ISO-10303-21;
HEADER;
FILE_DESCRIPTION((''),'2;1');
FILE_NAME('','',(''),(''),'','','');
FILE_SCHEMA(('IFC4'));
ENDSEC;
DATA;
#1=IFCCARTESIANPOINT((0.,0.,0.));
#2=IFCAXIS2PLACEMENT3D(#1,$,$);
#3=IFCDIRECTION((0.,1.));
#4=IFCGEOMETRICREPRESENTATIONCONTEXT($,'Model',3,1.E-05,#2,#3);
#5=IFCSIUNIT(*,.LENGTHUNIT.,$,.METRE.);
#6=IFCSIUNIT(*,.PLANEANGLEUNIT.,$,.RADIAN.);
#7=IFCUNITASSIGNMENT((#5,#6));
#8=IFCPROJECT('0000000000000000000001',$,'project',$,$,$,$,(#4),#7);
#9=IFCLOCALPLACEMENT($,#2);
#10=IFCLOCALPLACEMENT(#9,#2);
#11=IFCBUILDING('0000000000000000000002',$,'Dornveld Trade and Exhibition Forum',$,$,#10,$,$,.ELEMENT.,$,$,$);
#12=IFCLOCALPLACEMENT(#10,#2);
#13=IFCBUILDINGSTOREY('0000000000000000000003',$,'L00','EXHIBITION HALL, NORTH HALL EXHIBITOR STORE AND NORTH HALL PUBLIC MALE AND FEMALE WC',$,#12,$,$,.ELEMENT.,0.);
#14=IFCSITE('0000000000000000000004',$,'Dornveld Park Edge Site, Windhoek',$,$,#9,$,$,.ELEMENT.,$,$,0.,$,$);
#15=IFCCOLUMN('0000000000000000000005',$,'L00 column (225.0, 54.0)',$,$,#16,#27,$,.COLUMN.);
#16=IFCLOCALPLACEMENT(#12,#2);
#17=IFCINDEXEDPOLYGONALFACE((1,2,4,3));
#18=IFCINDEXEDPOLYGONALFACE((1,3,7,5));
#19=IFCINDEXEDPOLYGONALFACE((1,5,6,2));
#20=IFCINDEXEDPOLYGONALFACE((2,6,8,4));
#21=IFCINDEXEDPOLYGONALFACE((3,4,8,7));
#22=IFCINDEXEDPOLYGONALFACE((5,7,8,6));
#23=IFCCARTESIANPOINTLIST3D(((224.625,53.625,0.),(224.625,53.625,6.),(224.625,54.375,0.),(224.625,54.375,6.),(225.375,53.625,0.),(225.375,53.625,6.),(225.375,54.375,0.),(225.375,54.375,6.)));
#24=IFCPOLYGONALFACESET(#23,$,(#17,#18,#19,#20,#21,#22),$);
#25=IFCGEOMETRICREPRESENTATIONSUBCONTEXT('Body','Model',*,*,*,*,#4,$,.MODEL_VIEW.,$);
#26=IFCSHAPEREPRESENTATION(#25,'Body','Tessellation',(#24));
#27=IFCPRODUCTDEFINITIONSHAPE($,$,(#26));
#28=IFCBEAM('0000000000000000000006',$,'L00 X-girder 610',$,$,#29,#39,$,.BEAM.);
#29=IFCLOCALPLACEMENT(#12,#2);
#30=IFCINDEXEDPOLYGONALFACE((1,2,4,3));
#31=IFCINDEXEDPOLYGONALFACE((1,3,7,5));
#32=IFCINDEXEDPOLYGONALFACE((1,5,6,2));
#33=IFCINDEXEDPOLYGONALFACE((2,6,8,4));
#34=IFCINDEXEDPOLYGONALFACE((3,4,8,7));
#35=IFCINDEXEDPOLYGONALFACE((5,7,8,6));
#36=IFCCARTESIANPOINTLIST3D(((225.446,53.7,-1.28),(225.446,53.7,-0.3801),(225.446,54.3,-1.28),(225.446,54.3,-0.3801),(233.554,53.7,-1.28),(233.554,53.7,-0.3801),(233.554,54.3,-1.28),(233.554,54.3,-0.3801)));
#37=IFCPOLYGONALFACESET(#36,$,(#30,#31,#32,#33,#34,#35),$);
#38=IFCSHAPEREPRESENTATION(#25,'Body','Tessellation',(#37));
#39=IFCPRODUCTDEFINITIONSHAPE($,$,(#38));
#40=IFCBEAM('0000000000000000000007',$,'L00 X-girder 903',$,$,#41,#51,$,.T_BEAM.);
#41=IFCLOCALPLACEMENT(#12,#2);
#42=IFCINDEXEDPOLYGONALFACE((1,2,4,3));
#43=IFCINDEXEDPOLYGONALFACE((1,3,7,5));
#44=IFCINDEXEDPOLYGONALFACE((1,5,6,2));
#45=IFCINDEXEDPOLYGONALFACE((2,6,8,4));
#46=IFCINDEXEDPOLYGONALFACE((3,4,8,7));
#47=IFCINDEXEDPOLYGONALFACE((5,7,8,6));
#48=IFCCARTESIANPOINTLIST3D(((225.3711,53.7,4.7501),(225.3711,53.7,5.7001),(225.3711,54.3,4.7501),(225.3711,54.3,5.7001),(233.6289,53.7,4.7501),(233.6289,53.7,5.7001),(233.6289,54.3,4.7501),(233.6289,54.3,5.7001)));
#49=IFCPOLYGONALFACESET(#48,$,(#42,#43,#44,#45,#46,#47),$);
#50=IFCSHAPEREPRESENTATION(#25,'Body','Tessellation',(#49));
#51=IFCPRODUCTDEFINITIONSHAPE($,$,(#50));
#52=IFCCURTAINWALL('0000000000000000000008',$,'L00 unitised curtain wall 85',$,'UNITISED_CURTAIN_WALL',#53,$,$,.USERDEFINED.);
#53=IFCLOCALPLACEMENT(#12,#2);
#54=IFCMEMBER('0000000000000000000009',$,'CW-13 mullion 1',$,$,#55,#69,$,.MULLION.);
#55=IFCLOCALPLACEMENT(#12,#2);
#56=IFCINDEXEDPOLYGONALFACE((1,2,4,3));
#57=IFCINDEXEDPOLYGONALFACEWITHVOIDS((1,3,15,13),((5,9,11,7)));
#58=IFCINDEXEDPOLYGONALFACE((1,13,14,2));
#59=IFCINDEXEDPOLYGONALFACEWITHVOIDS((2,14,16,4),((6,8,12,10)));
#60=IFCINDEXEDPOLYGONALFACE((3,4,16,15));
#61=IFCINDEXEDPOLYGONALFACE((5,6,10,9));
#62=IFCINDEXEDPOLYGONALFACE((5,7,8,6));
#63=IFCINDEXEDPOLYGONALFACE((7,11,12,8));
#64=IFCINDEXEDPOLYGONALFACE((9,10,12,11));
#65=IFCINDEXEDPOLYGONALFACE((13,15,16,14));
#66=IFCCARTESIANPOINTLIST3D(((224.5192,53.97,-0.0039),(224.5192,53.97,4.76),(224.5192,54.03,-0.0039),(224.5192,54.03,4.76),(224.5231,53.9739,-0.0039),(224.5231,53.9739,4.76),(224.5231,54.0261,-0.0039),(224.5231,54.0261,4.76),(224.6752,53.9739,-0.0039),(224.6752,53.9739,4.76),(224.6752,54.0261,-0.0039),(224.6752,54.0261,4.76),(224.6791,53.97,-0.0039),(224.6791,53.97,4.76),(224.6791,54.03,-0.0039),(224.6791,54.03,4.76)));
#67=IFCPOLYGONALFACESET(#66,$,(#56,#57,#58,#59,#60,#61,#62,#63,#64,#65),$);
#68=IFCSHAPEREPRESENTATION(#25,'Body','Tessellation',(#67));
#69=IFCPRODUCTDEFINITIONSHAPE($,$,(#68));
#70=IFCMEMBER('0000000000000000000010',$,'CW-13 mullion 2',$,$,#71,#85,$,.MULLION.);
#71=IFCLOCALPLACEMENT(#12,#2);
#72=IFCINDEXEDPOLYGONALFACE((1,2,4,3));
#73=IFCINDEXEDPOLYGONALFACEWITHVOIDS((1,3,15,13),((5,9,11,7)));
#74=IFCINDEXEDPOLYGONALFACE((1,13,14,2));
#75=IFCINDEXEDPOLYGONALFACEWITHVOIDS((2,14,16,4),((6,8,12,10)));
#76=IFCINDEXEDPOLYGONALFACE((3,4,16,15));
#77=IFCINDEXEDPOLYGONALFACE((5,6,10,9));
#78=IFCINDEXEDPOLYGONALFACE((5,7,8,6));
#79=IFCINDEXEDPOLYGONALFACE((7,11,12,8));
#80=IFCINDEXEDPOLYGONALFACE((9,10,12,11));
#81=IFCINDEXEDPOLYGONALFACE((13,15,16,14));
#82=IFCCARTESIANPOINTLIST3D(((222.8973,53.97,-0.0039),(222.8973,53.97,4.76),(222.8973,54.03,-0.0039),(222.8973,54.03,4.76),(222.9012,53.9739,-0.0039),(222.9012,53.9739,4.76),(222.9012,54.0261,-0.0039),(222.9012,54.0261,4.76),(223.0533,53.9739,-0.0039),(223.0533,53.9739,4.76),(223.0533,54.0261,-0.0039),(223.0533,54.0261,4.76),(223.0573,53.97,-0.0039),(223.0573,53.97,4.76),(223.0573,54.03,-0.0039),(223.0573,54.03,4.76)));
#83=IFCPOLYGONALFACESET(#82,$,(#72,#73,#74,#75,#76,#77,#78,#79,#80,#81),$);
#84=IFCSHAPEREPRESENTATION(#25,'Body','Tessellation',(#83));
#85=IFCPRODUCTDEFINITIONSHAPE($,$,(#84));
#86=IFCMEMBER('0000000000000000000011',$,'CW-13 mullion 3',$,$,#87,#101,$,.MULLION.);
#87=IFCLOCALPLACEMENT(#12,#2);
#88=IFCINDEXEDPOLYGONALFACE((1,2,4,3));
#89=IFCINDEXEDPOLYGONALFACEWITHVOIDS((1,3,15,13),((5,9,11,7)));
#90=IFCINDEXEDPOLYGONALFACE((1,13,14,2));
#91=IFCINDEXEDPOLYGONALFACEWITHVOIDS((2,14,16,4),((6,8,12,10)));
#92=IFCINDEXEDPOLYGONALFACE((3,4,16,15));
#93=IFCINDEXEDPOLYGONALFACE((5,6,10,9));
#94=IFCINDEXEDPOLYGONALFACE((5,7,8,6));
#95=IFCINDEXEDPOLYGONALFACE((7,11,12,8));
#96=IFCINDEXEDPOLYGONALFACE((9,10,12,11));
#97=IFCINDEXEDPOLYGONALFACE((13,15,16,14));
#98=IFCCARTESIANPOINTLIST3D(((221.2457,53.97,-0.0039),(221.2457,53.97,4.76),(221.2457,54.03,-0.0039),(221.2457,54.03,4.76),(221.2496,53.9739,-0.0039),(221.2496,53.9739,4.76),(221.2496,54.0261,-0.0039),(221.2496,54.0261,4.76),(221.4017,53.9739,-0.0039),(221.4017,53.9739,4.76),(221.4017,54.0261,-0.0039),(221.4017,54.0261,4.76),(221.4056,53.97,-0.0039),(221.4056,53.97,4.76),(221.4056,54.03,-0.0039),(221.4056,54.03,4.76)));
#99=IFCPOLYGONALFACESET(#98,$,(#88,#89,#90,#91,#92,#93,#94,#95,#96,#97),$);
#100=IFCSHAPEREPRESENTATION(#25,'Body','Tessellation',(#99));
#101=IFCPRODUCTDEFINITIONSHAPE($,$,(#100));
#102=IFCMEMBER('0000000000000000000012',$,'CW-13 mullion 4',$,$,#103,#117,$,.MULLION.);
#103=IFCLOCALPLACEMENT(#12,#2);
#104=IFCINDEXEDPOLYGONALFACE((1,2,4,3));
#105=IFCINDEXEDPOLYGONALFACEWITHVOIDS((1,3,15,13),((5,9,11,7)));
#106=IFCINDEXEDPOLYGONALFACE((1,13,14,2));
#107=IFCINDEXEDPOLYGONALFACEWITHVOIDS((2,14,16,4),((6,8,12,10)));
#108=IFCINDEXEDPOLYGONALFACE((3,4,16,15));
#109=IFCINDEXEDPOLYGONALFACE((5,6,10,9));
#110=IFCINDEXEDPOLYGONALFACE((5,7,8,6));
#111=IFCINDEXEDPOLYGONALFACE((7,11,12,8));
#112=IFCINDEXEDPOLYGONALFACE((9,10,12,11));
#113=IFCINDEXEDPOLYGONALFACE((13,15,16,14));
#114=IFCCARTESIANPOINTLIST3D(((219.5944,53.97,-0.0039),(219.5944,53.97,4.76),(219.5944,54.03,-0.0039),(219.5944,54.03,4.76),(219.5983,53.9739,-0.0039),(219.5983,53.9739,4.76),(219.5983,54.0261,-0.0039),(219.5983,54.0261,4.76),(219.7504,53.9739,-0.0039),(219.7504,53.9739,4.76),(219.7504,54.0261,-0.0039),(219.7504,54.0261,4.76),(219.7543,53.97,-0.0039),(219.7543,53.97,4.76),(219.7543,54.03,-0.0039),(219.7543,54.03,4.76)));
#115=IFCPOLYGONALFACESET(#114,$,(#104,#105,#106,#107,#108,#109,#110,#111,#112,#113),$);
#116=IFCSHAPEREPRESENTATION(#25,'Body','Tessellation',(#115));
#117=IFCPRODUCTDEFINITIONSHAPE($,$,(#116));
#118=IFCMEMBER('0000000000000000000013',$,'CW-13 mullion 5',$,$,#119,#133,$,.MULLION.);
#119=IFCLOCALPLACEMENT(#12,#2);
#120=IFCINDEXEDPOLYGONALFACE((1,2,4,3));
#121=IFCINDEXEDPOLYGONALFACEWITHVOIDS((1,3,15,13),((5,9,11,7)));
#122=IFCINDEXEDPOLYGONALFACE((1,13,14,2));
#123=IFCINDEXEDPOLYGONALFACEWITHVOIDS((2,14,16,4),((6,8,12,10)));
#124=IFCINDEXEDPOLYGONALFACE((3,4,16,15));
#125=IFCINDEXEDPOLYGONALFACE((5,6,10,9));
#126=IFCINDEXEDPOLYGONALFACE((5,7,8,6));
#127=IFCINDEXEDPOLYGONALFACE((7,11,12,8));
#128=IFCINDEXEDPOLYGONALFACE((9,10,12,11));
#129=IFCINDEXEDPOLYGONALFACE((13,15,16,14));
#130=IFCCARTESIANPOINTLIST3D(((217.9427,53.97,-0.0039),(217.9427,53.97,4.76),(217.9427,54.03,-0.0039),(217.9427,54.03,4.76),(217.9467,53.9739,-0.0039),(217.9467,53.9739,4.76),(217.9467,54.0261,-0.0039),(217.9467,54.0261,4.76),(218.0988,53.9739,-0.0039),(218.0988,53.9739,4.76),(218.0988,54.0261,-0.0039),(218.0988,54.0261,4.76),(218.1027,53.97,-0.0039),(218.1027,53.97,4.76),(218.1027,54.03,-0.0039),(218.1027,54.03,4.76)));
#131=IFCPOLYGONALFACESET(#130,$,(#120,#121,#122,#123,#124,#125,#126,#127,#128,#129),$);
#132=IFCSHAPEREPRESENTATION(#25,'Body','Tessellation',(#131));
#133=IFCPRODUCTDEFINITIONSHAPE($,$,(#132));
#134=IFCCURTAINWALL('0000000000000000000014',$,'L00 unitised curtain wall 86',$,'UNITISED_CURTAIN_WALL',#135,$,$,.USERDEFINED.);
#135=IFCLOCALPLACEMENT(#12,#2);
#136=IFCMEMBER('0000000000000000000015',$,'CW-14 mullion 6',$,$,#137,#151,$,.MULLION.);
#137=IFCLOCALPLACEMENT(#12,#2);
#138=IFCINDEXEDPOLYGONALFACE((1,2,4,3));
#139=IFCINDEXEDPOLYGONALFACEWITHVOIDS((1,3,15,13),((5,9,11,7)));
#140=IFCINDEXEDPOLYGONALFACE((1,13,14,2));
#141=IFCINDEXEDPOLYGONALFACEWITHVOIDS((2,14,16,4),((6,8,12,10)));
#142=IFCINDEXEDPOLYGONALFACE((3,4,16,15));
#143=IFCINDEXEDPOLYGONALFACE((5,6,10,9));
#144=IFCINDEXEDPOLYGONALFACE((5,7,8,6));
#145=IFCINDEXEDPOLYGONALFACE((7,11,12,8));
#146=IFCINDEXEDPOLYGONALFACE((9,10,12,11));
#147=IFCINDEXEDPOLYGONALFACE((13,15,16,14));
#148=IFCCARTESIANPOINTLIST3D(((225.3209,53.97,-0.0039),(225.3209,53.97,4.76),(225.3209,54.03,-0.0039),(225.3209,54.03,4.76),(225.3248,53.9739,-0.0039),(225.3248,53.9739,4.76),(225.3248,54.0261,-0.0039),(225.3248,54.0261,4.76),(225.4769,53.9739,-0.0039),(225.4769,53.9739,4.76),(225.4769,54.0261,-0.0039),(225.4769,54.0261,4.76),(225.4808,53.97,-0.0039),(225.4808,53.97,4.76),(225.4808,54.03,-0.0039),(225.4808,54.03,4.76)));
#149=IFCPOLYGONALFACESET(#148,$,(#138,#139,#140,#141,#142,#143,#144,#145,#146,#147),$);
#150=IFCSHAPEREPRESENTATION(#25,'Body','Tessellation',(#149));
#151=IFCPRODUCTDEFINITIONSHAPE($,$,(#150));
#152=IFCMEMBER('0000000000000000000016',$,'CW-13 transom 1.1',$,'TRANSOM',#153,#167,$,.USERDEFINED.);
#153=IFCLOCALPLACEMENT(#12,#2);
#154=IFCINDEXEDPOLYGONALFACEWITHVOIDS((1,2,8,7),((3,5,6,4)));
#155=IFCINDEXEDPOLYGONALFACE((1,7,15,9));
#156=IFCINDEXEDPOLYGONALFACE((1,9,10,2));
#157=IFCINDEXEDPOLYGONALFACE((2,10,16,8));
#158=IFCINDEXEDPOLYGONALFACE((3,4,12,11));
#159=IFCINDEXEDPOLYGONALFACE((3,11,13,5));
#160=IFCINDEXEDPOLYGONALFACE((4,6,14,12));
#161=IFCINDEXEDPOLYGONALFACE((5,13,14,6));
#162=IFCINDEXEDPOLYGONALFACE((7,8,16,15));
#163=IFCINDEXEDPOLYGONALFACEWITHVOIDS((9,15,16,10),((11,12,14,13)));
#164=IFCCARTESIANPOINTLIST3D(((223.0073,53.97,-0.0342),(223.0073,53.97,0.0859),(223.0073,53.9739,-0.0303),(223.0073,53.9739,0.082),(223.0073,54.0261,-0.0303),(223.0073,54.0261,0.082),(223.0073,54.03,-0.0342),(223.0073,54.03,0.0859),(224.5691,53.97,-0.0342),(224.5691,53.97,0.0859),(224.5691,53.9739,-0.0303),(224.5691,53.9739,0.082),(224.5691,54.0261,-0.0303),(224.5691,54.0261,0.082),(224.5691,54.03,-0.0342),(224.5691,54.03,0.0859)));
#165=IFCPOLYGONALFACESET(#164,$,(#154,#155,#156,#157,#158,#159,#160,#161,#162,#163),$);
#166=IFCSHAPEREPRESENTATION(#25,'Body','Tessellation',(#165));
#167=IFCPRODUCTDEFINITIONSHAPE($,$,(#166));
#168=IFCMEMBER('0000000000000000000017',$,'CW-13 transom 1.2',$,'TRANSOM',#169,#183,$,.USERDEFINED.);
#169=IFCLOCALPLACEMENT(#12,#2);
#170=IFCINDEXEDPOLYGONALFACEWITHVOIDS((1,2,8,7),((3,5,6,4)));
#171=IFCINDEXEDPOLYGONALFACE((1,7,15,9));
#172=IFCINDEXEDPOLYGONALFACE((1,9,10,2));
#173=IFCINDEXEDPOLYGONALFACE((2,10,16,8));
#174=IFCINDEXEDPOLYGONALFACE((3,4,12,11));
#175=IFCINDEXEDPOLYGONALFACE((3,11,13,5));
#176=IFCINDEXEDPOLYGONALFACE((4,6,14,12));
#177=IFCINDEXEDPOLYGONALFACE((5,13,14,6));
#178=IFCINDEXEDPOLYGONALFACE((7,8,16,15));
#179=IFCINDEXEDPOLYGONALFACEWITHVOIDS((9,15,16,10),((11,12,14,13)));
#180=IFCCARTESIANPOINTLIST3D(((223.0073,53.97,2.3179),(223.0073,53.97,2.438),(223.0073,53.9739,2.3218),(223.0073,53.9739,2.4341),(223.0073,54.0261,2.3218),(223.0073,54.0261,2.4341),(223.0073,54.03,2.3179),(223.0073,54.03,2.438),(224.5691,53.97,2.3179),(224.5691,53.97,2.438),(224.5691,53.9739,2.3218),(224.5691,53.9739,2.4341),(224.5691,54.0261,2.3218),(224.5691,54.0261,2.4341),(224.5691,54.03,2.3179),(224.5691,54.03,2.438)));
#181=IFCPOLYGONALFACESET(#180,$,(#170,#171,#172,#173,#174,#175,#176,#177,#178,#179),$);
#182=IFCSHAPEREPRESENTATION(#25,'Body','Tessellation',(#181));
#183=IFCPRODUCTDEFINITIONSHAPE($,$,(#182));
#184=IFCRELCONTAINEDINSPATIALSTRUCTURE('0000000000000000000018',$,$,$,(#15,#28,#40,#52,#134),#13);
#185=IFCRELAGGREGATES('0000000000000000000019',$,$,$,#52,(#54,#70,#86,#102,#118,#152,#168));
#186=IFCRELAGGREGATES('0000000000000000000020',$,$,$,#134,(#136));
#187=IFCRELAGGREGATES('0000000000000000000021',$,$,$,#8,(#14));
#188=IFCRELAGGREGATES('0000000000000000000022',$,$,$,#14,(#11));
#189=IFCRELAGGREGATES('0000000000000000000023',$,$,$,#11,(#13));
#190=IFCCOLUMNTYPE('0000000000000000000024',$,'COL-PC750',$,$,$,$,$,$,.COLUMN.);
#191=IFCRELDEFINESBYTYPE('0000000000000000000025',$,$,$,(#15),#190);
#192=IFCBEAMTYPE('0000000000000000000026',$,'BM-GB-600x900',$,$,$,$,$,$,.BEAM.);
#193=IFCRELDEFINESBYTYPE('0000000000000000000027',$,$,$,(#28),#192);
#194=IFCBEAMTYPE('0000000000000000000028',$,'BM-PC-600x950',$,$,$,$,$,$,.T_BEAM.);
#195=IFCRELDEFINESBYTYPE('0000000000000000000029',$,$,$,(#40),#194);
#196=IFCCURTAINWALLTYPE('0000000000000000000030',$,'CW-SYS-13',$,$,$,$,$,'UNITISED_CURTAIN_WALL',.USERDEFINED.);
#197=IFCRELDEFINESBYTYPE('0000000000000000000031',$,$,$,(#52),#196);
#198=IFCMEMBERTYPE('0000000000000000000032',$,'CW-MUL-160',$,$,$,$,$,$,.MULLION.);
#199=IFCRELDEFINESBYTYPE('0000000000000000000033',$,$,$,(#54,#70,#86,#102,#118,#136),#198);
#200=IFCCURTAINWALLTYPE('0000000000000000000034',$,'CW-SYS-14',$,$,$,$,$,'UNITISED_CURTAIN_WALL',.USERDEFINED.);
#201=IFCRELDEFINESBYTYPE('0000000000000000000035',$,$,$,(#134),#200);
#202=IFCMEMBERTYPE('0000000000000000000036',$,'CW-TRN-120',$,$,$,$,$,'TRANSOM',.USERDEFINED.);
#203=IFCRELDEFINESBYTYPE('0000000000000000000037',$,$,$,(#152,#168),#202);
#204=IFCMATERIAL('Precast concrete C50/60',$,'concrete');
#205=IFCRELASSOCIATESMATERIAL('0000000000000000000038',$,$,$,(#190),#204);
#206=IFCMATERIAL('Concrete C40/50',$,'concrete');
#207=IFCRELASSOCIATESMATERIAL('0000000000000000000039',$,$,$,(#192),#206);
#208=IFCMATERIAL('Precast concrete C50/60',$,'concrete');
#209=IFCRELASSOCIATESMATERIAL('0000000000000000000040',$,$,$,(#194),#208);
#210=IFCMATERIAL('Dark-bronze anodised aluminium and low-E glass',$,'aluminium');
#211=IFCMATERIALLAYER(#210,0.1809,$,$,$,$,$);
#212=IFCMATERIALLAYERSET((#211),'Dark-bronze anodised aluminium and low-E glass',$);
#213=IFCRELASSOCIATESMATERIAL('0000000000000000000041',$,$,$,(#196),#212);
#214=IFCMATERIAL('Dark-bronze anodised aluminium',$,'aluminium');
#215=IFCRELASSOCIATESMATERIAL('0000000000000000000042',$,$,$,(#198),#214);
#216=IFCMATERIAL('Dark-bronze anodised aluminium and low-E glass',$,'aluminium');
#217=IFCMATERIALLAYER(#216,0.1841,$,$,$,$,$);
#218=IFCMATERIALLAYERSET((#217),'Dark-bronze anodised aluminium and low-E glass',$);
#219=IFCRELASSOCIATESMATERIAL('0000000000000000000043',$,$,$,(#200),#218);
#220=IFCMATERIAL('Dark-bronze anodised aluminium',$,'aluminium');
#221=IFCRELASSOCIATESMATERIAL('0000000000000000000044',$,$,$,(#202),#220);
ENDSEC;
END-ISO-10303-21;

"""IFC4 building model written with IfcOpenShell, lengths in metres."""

from ifc_helpers import new_model, si_unit, direction, frame, origin, origin_2d, place, context, subcontext, project, spatial, rectangle, hollow_rectangle, extrude, material, layer, layer_set, material_profile, profile_set, type_object, element, aggregate, save


model = new_model("IFC4")

# Units and contexts
model_context = context("Model", 3, precision=1e-05, world=origin(), true_north=direction((0.0, 1.0)))
body_context = subcontext(model_context, "Body", "Model", "MODEL_VIEW")
ifc_project = project(units=[si_unit("LENGTHUNIT", "METRE"), si_unit("PLANEANGLEUNIT", "RADIAN")], contexts=[model_context])

# Site, building, storey
site_placement = place(None, origin())
site = spatial("IfcSite", under=ifc_project, at=site_placement, Name="Dornveld Park Edge Site, Windhoek", CompositionType="ELEMENT", RefElevation=0.0)
building_placement = place(site_placement, origin())
building = spatial("IfcBuilding", under=site, at=building_placement, Name="Dornveld Trade and Exhibition Forum", CompositionType="ELEMENT")
storey_placement = place(building_placement, origin())
storey = spatial("IfcBuildingStorey", under=building, at=storey_placement, Name="L00", Description="EXHIBITION HALL, NORTH HALL EXHIBITOR STORE AND NORTH HALL PUBLIC MALE AND FEMALE WC", CompositionType="ELEMENT", Elevation=0.0)

# Column
ifc_material_1 = material(Name="Precast concrete C50/60", Category="concrete")
ifc_material_profile_1 = material_profile(ifc_material_1, rectangle(XDim=0.75, YDim=0.75, at=origin_2d()), Name="PC-COL 750x750")
ifc_profile_set_1 = profile_set([ifc_material_profile_1], Name="Precast concrete C50/60")
column_type = type_object("IfcColumnType", Name="COL-PC750", PredefinedType="COLUMN", material=ifc_profile_set_1)
column_placement = place(storey_placement, frame((225.0, 54.0, 0.0), z_axis=(0.0, 0.0, 1.0), x_axis=(1.0, 0.0, 0.0)))
element("IfcColumn", 1, at=column_placement, inside=storey, type_object=column_type, Name="L00 column (225.0, 54.0)", PredefinedType="COLUMN", context=body_context, shape_type="SweptSolid", body=[
    extrude(rectangle(XDim=0.75, YDim=0.75, at=origin_2d()), origin(), (0.0, 0.0, 1.0), 6.0),
])

# Beams
ifc_material_2 = material(Name="Concrete C40/50", Category="concrete")
ifc_material_profile_2 = material_profile(ifc_material_2, rectangle(XDim=0.6001, YDim=0.8999, at=origin_2d()), Name="RC-GB 600x900")
ifc_profile_set_2 = profile_set([ifc_material_profile_2], Name="Concrete C40/50")
beam_type_1 = type_object("IfcBeamType", Name="BM-GB-600x900", PredefinedType="BEAM", material=ifc_profile_set_2)
beam_1_placement = place(storey_placement, frame((225.446, 54.0, -0.8301), z_axis=(1.0, 0.0, 0.0), x_axis=(0.0, 1.0, 0.0)))
element("IfcBeam", 2, at=beam_1_placement, inside=storey, type_object=beam_type_1, Name="L00 X-girder 610", PredefinedType="BEAM", context=body_context, shape_type="SweptSolid", body=[
    extrude(rectangle(XDim=0.6001, YDim=0.8999, at=origin_2d()), origin(), (0.0, 0.0, 1.0), 8.1079),
])
ifc_material_3 = material(Name="Precast concrete C50/60", Category="concrete")
ifc_material_profile_3 = material_profile(ifc_material_3, rectangle(XDim=0.6001, YDim=0.95, at=origin_2d()), Name="PC-GIR 600x950")
ifc_profile_set_3 = profile_set([ifc_material_profile_3], Name="Precast concrete C50/60")
beam_type_2 = type_object("IfcBeamType", Name="BM-PC-600x950", PredefinedType="T_BEAM", material=ifc_profile_set_3)
beam_2_placement = place(storey_placement, frame((225.3711, 54.0, 5.2251), z_axis=(1.0, 0.0, 0.0), x_axis=(0.0, 1.0, 0.0)))
element("IfcBeam", 3, at=beam_2_placement, inside=storey, type_object=beam_type_2, Name="L00 X-girder 903", PredefinedType="T_BEAM", context=body_context, shape_type="SweptSolid", body=[
    extrude(rectangle(XDim=0.6001, YDim=0.95, at=origin_2d()), origin(), (0.0, 0.0, 1.0), 8.2578),
])

# Curtain wall, members
ifc_material_4 = material(Name="Dark-bronze anodised aluminium and low-E glass", Category="aluminium")
ifc_layer_1 = layer(ifc_material_4, 0.1809)
ifc_layer_set_1 = layer_set([ifc_layer_1], Name="Dark-bronze anodised aluminium and low-E glass")
curtain_wall_type_1 = type_object("IfcCurtainWallType", Name="CW-SYS-13", ElementType="UNITISED_CURTAIN_WALL", PredefinedType="USERDEFINED", material=ifc_layer_set_1)
curtain_wall_1_placement = place(storey_placement, origin())
curtain_wall_1 = element("IfcCurtainWall", 4, at=curtain_wall_1_placement, inside=storey, type_object=curtain_wall_type_1, Name="L00 unitised curtain wall 85", ObjectType="UNITISED_CURTAIN_WALL", PredefinedType="USERDEFINED")
ifc_material_5 = material(Name="Dark-bronze anodised aluminium", Category="aluminium")
ifc_material_profile_4 = material_profile(ifc_material_5, hollow_rectangle(XDim=0.0601, YDim=0.1599, WallThickness=0.0039, at=origin_2d()), Name="RHS 160x60x4")
ifc_profile_set_4 = profile_set([ifc_material_profile_4], Name="Dark-bronze anodised aluminium")
member_type_1 = type_object("IfcMemberType", Name="CW-MUL-160", PredefinedType="MULLION", material=ifc_profile_set_4)
member_1_placement = place(storey_placement, frame((224.5991, 54.0, -0.0039), z_axis=(0.0, 0.0, 1.0), x_axis=(0.0, -1.0, 0.0)))
member_1 = element("IfcMember", 5, at=member_1_placement, type_object=member_type_1, Name="CW-13 mullion 1", PredefinedType="MULLION", context=body_context, shape_type="SweptSolid", body=[
    extrude(hollow_rectangle(XDim=0.0601, YDim=0.1599, WallThickness=0.0039, at=origin_2d()), origin(), (0.0, 0.0, 1.0), 4.7639),
])
member_2_placement = place(storey_placement, frame((222.9773, 54.0, -0.0039), z_axis=(0.0, 0.0, 1.0), x_axis=(0.0, -1.0, 0.0)))
member_2 = element("IfcMember", 6, at=member_2_placement, type_object=member_type_1, Name="CW-13 mullion 2", PredefinedType="MULLION", context=body_context, shape_type="SweptSolid", body=[
    extrude(hollow_rectangle(XDim=0.0601, YDim=0.1599, WallThickness=0.0039, at=origin_2d()), origin(), (0.0, 0.0, 1.0), 4.7639),
])
member_3_placement = place(storey_placement, frame((221.3257, 54.0, -0.0039), z_axis=(0.0, 0.0, 1.0), x_axis=(0.0, -1.0, 0.0)))
member_3 = element("IfcMember", 7, at=member_3_placement, type_object=member_type_1, Name="CW-13 mullion 3", PredefinedType="MULLION", context=body_context, shape_type="SweptSolid", body=[
    extrude(hollow_rectangle(XDim=0.0601, YDim=0.1599, WallThickness=0.0039, at=origin_2d()), origin(), (0.0, 0.0, 1.0), 4.7639),
])
member_4_placement = place(storey_placement, frame((219.6743, 54.0, -0.0039), z_axis=(0.0, 0.0, 1.0), x_axis=(0.0, -1.0, 0.0)))
member_4 = element("IfcMember", 8, at=member_4_placement, type_object=member_type_1, Name="CW-13 mullion 4", PredefinedType="MULLION", context=body_context, shape_type="SweptSolid", body=[
    extrude(hollow_rectangle(XDim=0.0601, YDim=0.1599, WallThickness=0.0039, at=origin_2d()), origin(), (0.0, 0.0, 1.0), 4.7639),
])
member_5_placement = place(storey_placement, frame((218.0227, 54.0, -0.0039), z_axis=(0.0, 0.0, 1.0), x_axis=(0.0, -1.0, 0.0)))
member_5 = element("IfcMember", 9, at=member_5_placement, type_object=member_type_1, Name="CW-13 mullion 5", PredefinedType="MULLION", context=body_context, shape_type="SweptSolid", body=[
    extrude(hollow_rectangle(XDim=0.0601, YDim=0.1599, WallThickness=0.0039, at=origin_2d()), origin(), (0.0, 0.0, 1.0), 4.7639),
])

# Curtain wall, member
ifc_material_6 = material(Name="Dark-bronze anodised aluminium and low-E glass", Category="aluminium")
ifc_layer_2 = layer(ifc_material_6, 0.1841)
ifc_layer_set_2 = layer_set([ifc_layer_2], Name="Dark-bronze anodised aluminium and low-E glass")
curtain_wall_type_2 = type_object("IfcCurtainWallType", Name="CW-SYS-14", ElementType="UNITISED_CURTAIN_WALL", PredefinedType="USERDEFINED", material=ifc_layer_set_2)
curtain_wall_2_placement = place(storey_placement, origin())
curtain_wall_2 = element("IfcCurtainWall", 10, at=curtain_wall_2_placement, inside=storey, type_object=curtain_wall_type_2, Name="L00 unitised curtain wall 86", ObjectType="UNITISED_CURTAIN_WALL", PredefinedType="USERDEFINED")
member_6_placement = place(storey_placement, frame((225.4009, 54.0, -0.0039), z_axis=(0.0, 0.0, 1.0), x_axis=(0.0, -1.0, 0.0)))
member_6 = element("IfcMember", 11, at=member_6_placement, type_object=member_type_1, Name="CW-14 mullion 6", PredefinedType="MULLION", context=body_context, shape_type="SweptSolid", body=[
    extrude(hollow_rectangle(XDim=0.0601, YDim=0.1599, WallThickness=0.0039, at=origin_2d()), origin(), (0.0, 0.0, 1.0), 4.7639),
])

# Members
ifc_material_7 = material(Name="Dark-bronze anodised aluminium", Category="aluminium")
ifc_material_profile_5 = material_profile(ifc_material_7, hollow_rectangle(XDim=0.0601, YDim=0.1201, WallThickness=0.0039, at=origin_2d()), Name="RHS 120x60x4")
ifc_profile_set_5 = profile_set([ifc_material_profile_5], Name="Dark-bronze anodised aluminium")
member_type_2 = type_object("IfcMemberType", Name="CW-TRN-120", ElementType="TRANSOM", PredefinedType="USERDEFINED", material=ifc_profile_set_5)
member_7_placement = place(storey_placement, frame((224.5691, 54.0, 0.0259), z_axis=(-1.0, 0.0, 0.0), x_axis=(0.0, -1.0, 0.0)))
member_7 = element("IfcMember", 12, at=member_7_placement, type_object=member_type_2, Name="CW-13 transom 1.1", ObjectType="TRANSOM", PredefinedType="USERDEFINED", context=body_context, shape_type="SweptSolid", body=[
    extrude(hollow_rectangle(XDim=0.0601, YDim=0.1201, WallThickness=0.0039, at=origin_2d()), origin(), (0.0, 0.0, 1.0), 1.5618),
])
member_8_placement = place(storey_placement, frame((224.5691, 54.0, 2.3779), z_axis=(-1.0, 0.0, 0.0), x_axis=(0.0, -1.0, 0.0)))
member_8 = element("IfcMember", 13, at=member_8_placement, type_object=member_type_2, Name="CW-13 transom 1.2", ObjectType="TRANSOM", PredefinedType="USERDEFINED", context=body_context, shape_type="SweptSolid", body=[
    extrude(hollow_rectangle(XDim=0.0601, YDim=0.1201, WallThickness=0.0039, at=origin_2d()), origin(), (0.0, 0.0, 1.0), 1.5618),
])

aggregate(curtain_wall_1, [member_1, member_2, member_3, member_4, member_5, member_7, member_8])
aggregate(curtain_wall_2, [member_6])

save(model, "model.ifc")
